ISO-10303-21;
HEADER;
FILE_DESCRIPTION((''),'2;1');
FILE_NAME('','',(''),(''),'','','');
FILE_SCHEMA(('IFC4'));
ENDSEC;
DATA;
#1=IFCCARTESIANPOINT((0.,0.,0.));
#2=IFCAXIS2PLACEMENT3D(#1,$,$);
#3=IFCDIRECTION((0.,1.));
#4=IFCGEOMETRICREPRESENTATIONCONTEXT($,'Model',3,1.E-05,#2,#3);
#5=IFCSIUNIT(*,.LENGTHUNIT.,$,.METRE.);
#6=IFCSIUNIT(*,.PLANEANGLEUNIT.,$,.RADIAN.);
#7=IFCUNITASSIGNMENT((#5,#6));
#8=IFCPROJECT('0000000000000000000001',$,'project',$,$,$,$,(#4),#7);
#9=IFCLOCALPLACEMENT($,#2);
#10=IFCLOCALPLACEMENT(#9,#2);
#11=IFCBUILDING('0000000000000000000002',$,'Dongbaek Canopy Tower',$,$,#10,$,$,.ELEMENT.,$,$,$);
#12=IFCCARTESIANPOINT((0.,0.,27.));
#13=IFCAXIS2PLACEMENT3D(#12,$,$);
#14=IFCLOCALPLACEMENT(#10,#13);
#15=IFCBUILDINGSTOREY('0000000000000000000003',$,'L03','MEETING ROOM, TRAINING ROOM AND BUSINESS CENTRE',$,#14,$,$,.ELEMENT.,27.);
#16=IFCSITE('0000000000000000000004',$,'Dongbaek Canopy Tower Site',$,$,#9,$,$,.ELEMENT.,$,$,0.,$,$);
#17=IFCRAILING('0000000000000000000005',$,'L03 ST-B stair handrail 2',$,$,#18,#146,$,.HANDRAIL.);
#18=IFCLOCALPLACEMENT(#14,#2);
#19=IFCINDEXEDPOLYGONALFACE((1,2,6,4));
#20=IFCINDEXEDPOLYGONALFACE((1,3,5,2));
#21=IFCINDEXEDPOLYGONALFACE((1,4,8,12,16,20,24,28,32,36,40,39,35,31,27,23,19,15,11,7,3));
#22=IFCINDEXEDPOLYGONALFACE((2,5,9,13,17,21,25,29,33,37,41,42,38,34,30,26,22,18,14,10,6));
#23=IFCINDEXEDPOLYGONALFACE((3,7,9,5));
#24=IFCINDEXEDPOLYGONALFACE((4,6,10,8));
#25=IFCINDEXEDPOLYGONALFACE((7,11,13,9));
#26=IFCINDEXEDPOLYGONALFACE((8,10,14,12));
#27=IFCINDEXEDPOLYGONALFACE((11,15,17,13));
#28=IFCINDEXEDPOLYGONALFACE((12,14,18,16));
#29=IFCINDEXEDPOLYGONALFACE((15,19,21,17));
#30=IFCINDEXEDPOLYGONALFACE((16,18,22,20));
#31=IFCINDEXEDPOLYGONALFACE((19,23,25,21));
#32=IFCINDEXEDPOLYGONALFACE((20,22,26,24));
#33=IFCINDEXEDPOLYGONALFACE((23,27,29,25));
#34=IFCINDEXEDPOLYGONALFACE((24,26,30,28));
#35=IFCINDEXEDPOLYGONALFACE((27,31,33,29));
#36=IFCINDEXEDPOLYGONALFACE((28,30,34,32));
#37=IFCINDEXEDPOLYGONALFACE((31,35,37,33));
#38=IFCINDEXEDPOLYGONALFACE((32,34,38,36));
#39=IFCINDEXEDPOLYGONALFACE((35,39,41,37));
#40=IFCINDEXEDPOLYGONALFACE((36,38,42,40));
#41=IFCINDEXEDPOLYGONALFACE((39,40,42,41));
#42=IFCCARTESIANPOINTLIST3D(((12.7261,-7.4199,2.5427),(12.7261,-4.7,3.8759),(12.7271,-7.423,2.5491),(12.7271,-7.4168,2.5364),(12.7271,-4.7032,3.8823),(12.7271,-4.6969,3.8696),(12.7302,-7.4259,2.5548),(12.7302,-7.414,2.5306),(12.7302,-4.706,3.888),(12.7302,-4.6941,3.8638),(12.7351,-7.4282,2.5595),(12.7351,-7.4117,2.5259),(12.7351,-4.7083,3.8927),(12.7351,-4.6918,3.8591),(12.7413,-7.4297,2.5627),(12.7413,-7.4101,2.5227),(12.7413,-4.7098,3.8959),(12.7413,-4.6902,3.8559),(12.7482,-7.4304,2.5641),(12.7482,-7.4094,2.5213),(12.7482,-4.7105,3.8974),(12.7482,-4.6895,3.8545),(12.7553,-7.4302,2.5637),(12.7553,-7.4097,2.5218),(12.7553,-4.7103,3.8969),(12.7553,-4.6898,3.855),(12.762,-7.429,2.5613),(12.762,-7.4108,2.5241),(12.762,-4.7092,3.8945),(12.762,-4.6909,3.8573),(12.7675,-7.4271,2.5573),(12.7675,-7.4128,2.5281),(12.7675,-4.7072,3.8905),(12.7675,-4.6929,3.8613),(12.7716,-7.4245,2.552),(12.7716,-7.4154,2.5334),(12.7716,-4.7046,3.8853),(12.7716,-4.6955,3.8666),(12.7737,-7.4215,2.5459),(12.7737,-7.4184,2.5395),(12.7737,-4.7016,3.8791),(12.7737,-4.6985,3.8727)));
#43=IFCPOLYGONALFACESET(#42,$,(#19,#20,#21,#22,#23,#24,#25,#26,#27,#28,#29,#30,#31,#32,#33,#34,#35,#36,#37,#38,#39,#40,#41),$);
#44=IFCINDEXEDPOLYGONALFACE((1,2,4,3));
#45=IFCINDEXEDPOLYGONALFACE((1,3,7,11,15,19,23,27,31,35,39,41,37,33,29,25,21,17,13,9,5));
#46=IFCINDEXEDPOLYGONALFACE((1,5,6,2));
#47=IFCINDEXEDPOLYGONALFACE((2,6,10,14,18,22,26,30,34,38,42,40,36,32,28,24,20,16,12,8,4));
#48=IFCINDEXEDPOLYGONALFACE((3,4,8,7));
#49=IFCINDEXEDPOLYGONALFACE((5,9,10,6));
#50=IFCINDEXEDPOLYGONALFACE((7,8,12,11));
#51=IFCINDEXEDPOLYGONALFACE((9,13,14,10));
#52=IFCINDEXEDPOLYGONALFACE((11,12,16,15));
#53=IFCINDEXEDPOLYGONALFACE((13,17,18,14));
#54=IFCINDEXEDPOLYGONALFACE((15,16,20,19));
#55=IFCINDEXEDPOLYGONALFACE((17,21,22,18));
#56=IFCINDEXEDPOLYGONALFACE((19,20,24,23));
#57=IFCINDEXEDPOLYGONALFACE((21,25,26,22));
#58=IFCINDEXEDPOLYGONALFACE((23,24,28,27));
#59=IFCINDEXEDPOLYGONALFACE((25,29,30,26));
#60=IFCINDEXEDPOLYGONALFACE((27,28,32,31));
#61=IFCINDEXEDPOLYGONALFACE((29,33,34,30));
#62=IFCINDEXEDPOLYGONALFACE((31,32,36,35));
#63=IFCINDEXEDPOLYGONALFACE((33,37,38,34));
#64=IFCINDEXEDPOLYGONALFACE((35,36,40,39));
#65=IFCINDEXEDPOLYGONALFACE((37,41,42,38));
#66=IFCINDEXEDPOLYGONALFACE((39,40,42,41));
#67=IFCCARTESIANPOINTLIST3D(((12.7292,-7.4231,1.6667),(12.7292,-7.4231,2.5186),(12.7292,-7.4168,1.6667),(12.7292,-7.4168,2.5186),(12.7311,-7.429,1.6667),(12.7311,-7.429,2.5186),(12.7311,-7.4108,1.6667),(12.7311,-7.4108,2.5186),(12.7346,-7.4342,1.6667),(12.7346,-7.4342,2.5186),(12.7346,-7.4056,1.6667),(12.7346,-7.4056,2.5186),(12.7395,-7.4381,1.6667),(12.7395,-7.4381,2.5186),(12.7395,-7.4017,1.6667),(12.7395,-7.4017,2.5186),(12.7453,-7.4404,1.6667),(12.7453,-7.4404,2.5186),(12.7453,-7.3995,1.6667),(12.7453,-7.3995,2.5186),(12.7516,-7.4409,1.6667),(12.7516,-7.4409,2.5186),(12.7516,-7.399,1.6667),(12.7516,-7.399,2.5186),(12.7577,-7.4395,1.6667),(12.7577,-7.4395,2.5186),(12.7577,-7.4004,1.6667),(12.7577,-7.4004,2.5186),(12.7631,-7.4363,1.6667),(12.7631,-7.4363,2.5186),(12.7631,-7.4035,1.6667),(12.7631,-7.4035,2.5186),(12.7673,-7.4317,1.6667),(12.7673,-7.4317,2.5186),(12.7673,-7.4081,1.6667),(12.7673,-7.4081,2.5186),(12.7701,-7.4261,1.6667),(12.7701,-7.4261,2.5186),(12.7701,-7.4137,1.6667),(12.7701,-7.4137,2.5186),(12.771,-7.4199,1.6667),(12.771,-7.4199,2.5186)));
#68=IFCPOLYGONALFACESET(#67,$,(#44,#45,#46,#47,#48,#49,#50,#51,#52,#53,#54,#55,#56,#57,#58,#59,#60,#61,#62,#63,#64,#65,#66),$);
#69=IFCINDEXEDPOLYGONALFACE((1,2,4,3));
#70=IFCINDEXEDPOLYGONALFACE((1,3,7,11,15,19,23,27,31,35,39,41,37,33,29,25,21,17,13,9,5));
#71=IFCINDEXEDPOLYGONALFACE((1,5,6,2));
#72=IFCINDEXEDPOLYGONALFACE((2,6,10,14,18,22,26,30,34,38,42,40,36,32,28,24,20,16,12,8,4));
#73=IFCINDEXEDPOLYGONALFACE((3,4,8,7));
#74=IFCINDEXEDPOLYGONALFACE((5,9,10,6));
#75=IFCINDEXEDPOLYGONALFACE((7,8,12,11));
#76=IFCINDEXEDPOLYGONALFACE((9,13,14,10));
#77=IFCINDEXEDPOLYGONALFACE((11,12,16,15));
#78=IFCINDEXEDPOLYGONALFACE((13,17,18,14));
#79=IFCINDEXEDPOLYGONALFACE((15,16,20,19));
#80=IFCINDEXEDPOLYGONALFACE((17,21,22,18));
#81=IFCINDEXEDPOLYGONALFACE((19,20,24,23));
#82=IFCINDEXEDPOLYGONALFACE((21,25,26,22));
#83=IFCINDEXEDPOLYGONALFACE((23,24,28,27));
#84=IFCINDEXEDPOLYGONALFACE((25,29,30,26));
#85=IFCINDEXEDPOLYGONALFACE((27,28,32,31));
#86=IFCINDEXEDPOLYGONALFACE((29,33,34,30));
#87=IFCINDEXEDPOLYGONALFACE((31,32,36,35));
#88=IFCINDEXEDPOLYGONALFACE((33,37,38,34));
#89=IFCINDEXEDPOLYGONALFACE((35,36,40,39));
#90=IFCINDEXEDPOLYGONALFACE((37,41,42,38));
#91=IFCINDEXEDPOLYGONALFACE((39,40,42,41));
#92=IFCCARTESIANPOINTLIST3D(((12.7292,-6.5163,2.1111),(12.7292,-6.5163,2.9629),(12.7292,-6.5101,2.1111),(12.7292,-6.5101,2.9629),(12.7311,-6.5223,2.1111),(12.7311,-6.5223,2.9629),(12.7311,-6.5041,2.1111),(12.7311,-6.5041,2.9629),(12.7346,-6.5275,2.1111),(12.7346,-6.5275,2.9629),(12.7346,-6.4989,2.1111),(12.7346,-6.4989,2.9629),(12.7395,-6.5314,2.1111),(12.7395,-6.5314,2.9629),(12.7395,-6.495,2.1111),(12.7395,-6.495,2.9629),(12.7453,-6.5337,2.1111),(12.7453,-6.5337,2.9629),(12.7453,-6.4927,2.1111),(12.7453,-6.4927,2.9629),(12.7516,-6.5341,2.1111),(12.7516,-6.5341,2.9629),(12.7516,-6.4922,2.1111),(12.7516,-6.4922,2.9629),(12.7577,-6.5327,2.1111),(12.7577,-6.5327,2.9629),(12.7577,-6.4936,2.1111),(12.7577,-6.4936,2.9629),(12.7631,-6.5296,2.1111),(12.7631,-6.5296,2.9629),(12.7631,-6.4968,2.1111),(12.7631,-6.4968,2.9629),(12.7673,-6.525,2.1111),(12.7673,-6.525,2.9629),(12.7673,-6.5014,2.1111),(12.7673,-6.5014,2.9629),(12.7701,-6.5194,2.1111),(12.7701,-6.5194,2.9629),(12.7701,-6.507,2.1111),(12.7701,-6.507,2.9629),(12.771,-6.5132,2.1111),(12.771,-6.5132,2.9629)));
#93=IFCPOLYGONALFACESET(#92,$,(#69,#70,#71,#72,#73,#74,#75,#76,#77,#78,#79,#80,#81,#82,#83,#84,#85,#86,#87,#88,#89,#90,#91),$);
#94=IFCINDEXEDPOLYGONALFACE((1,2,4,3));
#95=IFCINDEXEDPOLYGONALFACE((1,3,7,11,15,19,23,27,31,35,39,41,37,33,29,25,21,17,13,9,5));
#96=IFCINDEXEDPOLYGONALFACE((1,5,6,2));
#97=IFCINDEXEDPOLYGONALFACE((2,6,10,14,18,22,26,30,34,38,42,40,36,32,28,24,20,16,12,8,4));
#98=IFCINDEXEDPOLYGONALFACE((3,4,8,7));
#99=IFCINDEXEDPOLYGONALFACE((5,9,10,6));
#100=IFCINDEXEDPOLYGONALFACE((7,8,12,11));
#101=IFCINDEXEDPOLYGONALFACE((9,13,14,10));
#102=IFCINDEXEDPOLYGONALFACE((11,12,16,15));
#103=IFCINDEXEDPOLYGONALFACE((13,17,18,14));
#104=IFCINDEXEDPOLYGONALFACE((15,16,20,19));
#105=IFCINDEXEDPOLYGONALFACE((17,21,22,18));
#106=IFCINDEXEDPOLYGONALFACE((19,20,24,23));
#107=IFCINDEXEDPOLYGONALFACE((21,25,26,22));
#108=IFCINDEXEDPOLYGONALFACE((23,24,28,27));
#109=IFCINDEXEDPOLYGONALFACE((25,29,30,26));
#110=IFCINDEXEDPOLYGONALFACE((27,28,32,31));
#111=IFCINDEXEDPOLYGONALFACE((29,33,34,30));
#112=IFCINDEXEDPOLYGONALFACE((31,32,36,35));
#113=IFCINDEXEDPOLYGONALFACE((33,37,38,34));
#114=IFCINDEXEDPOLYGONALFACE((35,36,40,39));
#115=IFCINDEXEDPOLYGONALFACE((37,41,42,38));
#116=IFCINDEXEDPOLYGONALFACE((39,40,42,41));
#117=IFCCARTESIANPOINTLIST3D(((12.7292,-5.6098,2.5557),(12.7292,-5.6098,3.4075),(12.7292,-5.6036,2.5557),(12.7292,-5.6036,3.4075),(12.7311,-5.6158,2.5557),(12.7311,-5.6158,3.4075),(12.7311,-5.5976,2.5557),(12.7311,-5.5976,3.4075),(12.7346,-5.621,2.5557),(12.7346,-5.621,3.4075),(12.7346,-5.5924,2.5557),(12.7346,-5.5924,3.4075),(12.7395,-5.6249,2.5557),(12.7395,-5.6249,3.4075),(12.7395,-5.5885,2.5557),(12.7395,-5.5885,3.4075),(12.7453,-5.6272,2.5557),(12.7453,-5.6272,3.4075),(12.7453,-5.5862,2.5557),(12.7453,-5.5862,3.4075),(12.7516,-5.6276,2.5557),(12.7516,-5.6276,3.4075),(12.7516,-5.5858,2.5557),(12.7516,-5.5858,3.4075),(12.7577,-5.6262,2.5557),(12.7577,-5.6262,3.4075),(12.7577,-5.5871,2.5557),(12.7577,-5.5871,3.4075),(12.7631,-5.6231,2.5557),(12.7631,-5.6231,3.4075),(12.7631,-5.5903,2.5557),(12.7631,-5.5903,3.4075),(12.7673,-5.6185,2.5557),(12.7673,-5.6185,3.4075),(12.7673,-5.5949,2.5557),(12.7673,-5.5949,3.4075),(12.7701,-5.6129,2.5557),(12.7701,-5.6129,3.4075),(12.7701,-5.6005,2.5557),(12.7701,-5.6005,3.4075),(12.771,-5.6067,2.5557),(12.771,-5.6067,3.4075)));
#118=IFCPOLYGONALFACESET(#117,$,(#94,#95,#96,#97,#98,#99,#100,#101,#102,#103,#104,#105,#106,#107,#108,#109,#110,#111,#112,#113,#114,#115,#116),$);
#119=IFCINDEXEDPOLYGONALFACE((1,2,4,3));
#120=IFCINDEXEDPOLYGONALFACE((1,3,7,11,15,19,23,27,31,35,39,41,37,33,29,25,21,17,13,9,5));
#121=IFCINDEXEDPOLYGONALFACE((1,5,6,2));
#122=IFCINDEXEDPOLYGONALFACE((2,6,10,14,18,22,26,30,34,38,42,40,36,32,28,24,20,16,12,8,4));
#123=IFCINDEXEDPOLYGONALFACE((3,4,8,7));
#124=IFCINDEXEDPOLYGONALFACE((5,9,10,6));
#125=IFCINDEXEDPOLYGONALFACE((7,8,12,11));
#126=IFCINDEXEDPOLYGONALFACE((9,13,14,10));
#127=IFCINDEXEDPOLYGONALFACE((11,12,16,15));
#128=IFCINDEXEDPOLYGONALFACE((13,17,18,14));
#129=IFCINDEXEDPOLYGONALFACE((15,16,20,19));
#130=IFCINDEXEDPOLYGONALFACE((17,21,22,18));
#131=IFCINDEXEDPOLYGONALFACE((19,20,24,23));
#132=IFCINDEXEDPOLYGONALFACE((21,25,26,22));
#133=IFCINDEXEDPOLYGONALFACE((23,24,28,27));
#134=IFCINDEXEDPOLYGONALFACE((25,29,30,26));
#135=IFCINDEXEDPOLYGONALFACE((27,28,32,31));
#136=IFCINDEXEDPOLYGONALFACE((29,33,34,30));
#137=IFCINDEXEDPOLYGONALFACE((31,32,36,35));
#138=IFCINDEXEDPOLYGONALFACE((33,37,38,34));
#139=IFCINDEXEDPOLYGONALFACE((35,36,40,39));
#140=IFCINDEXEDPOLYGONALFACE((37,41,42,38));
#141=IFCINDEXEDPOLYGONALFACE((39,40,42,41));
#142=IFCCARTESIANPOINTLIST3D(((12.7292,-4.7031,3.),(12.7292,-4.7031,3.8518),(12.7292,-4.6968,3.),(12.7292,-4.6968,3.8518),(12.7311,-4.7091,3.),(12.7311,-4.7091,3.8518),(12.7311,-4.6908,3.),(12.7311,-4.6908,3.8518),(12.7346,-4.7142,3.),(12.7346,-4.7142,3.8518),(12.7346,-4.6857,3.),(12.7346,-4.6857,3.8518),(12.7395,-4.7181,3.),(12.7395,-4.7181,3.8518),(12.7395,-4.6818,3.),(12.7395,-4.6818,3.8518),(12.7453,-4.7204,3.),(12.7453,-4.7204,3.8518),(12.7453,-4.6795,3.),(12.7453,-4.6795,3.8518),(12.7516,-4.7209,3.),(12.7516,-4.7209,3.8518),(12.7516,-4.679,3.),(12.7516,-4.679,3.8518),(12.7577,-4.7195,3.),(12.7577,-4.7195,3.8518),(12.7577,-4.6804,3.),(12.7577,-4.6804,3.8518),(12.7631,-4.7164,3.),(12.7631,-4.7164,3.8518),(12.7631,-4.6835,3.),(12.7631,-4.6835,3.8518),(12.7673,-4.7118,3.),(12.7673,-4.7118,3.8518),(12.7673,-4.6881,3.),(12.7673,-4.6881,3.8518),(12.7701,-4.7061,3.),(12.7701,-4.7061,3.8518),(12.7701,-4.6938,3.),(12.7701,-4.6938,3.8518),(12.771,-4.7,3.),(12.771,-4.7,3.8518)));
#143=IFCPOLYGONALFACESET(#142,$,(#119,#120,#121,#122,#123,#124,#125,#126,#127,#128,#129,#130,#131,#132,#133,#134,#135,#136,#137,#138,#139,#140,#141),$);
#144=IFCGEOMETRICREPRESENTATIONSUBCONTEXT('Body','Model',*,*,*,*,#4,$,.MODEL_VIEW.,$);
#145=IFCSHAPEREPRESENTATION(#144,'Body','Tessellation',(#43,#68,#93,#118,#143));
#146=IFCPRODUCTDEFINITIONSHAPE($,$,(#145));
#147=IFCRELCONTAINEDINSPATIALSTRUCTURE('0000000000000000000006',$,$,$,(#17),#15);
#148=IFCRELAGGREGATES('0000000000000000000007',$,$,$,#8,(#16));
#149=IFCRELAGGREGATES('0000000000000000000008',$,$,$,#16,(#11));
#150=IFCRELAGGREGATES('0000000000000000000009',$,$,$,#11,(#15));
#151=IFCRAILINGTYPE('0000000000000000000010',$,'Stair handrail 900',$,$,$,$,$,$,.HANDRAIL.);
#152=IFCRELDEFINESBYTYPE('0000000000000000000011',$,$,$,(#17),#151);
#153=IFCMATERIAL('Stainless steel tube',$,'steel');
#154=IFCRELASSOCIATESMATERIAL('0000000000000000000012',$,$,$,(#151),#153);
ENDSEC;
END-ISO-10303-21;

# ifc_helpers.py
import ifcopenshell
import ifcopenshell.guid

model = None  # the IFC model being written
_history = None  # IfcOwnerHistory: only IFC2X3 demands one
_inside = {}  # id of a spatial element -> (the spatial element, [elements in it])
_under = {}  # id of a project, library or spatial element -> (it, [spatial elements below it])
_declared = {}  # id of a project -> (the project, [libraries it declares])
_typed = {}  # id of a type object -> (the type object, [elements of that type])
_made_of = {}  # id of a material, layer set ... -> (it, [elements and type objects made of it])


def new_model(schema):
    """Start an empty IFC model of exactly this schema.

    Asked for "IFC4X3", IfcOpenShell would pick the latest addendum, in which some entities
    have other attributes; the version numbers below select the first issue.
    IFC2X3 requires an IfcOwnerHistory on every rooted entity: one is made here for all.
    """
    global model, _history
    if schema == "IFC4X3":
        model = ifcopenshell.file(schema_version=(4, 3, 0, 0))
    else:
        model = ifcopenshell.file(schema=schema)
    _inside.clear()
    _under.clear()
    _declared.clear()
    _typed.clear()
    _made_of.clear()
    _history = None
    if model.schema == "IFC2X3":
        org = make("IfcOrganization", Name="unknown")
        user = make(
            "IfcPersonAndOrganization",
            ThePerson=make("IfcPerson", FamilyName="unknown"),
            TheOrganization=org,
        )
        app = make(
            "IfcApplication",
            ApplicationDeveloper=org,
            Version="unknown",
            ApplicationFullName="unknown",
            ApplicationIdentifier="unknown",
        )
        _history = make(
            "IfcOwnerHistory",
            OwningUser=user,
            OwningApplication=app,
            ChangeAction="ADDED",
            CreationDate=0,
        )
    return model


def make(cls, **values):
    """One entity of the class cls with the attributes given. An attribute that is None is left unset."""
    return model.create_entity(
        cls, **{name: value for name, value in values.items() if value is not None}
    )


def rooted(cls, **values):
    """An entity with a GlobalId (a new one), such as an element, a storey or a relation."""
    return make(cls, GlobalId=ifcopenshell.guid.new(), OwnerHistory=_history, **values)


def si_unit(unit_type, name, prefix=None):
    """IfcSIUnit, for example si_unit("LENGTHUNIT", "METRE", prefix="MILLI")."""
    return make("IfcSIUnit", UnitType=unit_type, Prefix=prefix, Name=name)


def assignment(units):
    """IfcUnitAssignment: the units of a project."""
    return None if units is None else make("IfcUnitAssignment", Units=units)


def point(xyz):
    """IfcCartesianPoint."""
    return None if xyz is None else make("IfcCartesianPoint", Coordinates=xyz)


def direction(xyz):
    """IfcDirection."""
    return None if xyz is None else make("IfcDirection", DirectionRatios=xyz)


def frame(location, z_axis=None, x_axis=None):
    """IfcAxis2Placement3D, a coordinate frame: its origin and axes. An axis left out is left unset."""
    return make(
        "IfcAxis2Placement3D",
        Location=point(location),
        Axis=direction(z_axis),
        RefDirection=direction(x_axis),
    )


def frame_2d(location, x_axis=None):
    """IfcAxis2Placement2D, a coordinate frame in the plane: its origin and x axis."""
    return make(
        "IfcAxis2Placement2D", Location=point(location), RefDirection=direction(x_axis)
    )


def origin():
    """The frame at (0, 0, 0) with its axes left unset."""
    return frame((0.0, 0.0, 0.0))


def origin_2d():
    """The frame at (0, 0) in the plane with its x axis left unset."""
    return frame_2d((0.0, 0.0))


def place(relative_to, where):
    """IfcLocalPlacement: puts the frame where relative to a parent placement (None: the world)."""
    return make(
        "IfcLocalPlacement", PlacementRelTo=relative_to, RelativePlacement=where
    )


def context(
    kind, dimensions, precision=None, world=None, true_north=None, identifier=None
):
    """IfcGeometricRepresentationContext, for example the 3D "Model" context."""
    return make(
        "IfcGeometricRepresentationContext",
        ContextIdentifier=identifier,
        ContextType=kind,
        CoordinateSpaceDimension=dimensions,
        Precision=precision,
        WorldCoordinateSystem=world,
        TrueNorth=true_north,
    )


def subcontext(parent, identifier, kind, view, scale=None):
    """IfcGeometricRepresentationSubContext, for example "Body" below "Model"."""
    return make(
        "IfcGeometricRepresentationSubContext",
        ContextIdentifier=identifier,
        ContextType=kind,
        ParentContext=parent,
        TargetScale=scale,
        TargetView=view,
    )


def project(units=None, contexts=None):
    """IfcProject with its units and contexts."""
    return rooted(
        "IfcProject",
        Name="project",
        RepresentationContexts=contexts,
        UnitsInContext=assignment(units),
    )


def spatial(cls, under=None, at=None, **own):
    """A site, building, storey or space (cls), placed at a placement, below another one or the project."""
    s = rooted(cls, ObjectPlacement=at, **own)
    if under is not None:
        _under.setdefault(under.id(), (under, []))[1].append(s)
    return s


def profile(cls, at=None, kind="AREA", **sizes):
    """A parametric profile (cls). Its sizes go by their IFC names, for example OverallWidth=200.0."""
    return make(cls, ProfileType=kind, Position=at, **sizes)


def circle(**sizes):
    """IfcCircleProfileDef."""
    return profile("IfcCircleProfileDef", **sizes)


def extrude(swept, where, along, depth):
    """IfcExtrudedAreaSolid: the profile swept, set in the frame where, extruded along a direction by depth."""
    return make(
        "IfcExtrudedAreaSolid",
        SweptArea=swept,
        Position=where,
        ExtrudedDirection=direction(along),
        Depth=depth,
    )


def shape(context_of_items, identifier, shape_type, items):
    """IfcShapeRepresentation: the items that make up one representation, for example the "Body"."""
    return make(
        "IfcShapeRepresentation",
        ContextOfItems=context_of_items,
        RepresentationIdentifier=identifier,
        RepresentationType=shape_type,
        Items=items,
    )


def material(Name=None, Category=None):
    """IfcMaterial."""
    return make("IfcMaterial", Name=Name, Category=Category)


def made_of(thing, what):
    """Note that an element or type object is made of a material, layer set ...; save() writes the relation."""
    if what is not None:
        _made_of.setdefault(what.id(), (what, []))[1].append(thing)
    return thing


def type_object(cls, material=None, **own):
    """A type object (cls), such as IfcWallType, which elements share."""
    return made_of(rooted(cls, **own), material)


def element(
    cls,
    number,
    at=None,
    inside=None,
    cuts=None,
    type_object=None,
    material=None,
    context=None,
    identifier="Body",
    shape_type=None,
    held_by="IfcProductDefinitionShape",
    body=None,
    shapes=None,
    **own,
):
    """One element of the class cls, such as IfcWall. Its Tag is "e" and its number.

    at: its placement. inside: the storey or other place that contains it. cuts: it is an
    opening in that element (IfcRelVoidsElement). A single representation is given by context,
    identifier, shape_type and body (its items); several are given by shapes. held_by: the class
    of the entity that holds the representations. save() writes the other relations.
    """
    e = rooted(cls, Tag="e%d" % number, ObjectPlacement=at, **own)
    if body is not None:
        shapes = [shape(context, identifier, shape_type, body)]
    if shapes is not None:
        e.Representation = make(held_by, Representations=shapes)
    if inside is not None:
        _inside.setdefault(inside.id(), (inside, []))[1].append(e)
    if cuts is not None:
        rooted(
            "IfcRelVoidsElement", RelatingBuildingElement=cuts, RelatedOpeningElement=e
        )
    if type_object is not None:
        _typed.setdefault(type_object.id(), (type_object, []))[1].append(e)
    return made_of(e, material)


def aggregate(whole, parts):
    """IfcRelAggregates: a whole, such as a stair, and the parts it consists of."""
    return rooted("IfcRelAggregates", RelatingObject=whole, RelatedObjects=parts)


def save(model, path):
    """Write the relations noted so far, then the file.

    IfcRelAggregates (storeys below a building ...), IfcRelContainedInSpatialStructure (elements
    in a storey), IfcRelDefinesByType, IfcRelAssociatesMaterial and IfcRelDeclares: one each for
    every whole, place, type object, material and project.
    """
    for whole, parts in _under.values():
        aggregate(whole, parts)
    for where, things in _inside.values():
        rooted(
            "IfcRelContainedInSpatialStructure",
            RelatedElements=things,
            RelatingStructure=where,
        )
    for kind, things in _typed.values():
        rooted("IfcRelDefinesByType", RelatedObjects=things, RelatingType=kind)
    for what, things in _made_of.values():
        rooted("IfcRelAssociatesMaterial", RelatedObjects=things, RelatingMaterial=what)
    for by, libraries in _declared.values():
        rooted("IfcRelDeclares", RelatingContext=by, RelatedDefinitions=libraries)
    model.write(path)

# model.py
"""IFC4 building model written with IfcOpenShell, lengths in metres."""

from ifc_helpers import new_model, si_unit, direction, frame, origin, origin_2d, place, context, subcontext, project, spatial, circle, extrude, material, type_object, element, save


model = new_model("IFC4")

# Units and contexts
model_context = context("Model", 3, precision=1e-05, world=origin(), true_north=direction((0.0, 1.0)))
body_context = subcontext(model_context, "Body", "Model", "MODEL_VIEW")
ifc_project = project(units=[si_unit("LENGTHUNIT", "METRE"), si_unit("PLANEANGLEUNIT", "RADIAN")], contexts=[model_context])

# Site, building, storey
site_placement = place(None, origin())
site = spatial("IfcSite", under=ifc_project, at=site_placement, Name="Dongbaek Canopy Tower Site", CompositionType="ELEMENT", RefElevation=0.0)
building_placement = place(site_placement, origin())
building = spatial("IfcBuilding", under=site, at=building_placement, Name="Dongbaek Canopy Tower", CompositionType="ELEMENT")
storey_placement = place(building_placement, frame((0.0, 0.0, 27.0)))
storey = spatial("IfcBuildingStorey", under=building, at=storey_placement, Name="L03", Description="MEETING ROOM, TRAINING ROOM AND BUSINESS CENTRE", CompositionType="ELEMENT", Elevation=27.0)

# Railing
ifc_material_1 = material(Name="Stainless steel tube", Category="steel")
railing_type_1 = type_object("IfcRailingType", Name="Stair handrail 900", PredefinedType="HANDRAIL", material=ifc_material_1)
railing_1_placement = place(storey_placement, frame((12.75, -7.4199, 1.6667)))
element("IfcRailing", 1, at=railing_1_placement, inside=storey, type_object=railing_type_1, Name="L03 ST-B stair handrail 2", PredefinedType="HANDRAIL", context=body_context, shape_type="SweptSolid", body=[
    extrude(circle(Radius=0.0239, at=origin_2d()), frame((0.0, 0.0, 0.876), z_axis=(0.0, 0.897929, 0.440139), x_axis=(-1.0, 0.0, 0.0)), (0.0, 0.0, 1.0), 3.0291),
    extrude(circle(Radius=0.021, at=origin_2d()), origin(), (0.0, 0.0, 1.0), 0.8518),
    extrude(circle(Radius=0.021, at=origin_2d()), frame((0.0, 0.9067, 0.4443)), (0.0, 0.0, 1.0), 0.8518),
    extrude(circle(Radius=0.021, at=origin_2d()), frame((0.0, 1.8132, 0.8889)), (0.0, 0.0, 1.0), 0.8518),
    extrude(circle(Radius=0.021, at=origin_2d()), frame((0.0, 2.72, 1.3333)), (0.0, 0.0, 1.0), 0.8518),
])

save(model, "model.ifc")
